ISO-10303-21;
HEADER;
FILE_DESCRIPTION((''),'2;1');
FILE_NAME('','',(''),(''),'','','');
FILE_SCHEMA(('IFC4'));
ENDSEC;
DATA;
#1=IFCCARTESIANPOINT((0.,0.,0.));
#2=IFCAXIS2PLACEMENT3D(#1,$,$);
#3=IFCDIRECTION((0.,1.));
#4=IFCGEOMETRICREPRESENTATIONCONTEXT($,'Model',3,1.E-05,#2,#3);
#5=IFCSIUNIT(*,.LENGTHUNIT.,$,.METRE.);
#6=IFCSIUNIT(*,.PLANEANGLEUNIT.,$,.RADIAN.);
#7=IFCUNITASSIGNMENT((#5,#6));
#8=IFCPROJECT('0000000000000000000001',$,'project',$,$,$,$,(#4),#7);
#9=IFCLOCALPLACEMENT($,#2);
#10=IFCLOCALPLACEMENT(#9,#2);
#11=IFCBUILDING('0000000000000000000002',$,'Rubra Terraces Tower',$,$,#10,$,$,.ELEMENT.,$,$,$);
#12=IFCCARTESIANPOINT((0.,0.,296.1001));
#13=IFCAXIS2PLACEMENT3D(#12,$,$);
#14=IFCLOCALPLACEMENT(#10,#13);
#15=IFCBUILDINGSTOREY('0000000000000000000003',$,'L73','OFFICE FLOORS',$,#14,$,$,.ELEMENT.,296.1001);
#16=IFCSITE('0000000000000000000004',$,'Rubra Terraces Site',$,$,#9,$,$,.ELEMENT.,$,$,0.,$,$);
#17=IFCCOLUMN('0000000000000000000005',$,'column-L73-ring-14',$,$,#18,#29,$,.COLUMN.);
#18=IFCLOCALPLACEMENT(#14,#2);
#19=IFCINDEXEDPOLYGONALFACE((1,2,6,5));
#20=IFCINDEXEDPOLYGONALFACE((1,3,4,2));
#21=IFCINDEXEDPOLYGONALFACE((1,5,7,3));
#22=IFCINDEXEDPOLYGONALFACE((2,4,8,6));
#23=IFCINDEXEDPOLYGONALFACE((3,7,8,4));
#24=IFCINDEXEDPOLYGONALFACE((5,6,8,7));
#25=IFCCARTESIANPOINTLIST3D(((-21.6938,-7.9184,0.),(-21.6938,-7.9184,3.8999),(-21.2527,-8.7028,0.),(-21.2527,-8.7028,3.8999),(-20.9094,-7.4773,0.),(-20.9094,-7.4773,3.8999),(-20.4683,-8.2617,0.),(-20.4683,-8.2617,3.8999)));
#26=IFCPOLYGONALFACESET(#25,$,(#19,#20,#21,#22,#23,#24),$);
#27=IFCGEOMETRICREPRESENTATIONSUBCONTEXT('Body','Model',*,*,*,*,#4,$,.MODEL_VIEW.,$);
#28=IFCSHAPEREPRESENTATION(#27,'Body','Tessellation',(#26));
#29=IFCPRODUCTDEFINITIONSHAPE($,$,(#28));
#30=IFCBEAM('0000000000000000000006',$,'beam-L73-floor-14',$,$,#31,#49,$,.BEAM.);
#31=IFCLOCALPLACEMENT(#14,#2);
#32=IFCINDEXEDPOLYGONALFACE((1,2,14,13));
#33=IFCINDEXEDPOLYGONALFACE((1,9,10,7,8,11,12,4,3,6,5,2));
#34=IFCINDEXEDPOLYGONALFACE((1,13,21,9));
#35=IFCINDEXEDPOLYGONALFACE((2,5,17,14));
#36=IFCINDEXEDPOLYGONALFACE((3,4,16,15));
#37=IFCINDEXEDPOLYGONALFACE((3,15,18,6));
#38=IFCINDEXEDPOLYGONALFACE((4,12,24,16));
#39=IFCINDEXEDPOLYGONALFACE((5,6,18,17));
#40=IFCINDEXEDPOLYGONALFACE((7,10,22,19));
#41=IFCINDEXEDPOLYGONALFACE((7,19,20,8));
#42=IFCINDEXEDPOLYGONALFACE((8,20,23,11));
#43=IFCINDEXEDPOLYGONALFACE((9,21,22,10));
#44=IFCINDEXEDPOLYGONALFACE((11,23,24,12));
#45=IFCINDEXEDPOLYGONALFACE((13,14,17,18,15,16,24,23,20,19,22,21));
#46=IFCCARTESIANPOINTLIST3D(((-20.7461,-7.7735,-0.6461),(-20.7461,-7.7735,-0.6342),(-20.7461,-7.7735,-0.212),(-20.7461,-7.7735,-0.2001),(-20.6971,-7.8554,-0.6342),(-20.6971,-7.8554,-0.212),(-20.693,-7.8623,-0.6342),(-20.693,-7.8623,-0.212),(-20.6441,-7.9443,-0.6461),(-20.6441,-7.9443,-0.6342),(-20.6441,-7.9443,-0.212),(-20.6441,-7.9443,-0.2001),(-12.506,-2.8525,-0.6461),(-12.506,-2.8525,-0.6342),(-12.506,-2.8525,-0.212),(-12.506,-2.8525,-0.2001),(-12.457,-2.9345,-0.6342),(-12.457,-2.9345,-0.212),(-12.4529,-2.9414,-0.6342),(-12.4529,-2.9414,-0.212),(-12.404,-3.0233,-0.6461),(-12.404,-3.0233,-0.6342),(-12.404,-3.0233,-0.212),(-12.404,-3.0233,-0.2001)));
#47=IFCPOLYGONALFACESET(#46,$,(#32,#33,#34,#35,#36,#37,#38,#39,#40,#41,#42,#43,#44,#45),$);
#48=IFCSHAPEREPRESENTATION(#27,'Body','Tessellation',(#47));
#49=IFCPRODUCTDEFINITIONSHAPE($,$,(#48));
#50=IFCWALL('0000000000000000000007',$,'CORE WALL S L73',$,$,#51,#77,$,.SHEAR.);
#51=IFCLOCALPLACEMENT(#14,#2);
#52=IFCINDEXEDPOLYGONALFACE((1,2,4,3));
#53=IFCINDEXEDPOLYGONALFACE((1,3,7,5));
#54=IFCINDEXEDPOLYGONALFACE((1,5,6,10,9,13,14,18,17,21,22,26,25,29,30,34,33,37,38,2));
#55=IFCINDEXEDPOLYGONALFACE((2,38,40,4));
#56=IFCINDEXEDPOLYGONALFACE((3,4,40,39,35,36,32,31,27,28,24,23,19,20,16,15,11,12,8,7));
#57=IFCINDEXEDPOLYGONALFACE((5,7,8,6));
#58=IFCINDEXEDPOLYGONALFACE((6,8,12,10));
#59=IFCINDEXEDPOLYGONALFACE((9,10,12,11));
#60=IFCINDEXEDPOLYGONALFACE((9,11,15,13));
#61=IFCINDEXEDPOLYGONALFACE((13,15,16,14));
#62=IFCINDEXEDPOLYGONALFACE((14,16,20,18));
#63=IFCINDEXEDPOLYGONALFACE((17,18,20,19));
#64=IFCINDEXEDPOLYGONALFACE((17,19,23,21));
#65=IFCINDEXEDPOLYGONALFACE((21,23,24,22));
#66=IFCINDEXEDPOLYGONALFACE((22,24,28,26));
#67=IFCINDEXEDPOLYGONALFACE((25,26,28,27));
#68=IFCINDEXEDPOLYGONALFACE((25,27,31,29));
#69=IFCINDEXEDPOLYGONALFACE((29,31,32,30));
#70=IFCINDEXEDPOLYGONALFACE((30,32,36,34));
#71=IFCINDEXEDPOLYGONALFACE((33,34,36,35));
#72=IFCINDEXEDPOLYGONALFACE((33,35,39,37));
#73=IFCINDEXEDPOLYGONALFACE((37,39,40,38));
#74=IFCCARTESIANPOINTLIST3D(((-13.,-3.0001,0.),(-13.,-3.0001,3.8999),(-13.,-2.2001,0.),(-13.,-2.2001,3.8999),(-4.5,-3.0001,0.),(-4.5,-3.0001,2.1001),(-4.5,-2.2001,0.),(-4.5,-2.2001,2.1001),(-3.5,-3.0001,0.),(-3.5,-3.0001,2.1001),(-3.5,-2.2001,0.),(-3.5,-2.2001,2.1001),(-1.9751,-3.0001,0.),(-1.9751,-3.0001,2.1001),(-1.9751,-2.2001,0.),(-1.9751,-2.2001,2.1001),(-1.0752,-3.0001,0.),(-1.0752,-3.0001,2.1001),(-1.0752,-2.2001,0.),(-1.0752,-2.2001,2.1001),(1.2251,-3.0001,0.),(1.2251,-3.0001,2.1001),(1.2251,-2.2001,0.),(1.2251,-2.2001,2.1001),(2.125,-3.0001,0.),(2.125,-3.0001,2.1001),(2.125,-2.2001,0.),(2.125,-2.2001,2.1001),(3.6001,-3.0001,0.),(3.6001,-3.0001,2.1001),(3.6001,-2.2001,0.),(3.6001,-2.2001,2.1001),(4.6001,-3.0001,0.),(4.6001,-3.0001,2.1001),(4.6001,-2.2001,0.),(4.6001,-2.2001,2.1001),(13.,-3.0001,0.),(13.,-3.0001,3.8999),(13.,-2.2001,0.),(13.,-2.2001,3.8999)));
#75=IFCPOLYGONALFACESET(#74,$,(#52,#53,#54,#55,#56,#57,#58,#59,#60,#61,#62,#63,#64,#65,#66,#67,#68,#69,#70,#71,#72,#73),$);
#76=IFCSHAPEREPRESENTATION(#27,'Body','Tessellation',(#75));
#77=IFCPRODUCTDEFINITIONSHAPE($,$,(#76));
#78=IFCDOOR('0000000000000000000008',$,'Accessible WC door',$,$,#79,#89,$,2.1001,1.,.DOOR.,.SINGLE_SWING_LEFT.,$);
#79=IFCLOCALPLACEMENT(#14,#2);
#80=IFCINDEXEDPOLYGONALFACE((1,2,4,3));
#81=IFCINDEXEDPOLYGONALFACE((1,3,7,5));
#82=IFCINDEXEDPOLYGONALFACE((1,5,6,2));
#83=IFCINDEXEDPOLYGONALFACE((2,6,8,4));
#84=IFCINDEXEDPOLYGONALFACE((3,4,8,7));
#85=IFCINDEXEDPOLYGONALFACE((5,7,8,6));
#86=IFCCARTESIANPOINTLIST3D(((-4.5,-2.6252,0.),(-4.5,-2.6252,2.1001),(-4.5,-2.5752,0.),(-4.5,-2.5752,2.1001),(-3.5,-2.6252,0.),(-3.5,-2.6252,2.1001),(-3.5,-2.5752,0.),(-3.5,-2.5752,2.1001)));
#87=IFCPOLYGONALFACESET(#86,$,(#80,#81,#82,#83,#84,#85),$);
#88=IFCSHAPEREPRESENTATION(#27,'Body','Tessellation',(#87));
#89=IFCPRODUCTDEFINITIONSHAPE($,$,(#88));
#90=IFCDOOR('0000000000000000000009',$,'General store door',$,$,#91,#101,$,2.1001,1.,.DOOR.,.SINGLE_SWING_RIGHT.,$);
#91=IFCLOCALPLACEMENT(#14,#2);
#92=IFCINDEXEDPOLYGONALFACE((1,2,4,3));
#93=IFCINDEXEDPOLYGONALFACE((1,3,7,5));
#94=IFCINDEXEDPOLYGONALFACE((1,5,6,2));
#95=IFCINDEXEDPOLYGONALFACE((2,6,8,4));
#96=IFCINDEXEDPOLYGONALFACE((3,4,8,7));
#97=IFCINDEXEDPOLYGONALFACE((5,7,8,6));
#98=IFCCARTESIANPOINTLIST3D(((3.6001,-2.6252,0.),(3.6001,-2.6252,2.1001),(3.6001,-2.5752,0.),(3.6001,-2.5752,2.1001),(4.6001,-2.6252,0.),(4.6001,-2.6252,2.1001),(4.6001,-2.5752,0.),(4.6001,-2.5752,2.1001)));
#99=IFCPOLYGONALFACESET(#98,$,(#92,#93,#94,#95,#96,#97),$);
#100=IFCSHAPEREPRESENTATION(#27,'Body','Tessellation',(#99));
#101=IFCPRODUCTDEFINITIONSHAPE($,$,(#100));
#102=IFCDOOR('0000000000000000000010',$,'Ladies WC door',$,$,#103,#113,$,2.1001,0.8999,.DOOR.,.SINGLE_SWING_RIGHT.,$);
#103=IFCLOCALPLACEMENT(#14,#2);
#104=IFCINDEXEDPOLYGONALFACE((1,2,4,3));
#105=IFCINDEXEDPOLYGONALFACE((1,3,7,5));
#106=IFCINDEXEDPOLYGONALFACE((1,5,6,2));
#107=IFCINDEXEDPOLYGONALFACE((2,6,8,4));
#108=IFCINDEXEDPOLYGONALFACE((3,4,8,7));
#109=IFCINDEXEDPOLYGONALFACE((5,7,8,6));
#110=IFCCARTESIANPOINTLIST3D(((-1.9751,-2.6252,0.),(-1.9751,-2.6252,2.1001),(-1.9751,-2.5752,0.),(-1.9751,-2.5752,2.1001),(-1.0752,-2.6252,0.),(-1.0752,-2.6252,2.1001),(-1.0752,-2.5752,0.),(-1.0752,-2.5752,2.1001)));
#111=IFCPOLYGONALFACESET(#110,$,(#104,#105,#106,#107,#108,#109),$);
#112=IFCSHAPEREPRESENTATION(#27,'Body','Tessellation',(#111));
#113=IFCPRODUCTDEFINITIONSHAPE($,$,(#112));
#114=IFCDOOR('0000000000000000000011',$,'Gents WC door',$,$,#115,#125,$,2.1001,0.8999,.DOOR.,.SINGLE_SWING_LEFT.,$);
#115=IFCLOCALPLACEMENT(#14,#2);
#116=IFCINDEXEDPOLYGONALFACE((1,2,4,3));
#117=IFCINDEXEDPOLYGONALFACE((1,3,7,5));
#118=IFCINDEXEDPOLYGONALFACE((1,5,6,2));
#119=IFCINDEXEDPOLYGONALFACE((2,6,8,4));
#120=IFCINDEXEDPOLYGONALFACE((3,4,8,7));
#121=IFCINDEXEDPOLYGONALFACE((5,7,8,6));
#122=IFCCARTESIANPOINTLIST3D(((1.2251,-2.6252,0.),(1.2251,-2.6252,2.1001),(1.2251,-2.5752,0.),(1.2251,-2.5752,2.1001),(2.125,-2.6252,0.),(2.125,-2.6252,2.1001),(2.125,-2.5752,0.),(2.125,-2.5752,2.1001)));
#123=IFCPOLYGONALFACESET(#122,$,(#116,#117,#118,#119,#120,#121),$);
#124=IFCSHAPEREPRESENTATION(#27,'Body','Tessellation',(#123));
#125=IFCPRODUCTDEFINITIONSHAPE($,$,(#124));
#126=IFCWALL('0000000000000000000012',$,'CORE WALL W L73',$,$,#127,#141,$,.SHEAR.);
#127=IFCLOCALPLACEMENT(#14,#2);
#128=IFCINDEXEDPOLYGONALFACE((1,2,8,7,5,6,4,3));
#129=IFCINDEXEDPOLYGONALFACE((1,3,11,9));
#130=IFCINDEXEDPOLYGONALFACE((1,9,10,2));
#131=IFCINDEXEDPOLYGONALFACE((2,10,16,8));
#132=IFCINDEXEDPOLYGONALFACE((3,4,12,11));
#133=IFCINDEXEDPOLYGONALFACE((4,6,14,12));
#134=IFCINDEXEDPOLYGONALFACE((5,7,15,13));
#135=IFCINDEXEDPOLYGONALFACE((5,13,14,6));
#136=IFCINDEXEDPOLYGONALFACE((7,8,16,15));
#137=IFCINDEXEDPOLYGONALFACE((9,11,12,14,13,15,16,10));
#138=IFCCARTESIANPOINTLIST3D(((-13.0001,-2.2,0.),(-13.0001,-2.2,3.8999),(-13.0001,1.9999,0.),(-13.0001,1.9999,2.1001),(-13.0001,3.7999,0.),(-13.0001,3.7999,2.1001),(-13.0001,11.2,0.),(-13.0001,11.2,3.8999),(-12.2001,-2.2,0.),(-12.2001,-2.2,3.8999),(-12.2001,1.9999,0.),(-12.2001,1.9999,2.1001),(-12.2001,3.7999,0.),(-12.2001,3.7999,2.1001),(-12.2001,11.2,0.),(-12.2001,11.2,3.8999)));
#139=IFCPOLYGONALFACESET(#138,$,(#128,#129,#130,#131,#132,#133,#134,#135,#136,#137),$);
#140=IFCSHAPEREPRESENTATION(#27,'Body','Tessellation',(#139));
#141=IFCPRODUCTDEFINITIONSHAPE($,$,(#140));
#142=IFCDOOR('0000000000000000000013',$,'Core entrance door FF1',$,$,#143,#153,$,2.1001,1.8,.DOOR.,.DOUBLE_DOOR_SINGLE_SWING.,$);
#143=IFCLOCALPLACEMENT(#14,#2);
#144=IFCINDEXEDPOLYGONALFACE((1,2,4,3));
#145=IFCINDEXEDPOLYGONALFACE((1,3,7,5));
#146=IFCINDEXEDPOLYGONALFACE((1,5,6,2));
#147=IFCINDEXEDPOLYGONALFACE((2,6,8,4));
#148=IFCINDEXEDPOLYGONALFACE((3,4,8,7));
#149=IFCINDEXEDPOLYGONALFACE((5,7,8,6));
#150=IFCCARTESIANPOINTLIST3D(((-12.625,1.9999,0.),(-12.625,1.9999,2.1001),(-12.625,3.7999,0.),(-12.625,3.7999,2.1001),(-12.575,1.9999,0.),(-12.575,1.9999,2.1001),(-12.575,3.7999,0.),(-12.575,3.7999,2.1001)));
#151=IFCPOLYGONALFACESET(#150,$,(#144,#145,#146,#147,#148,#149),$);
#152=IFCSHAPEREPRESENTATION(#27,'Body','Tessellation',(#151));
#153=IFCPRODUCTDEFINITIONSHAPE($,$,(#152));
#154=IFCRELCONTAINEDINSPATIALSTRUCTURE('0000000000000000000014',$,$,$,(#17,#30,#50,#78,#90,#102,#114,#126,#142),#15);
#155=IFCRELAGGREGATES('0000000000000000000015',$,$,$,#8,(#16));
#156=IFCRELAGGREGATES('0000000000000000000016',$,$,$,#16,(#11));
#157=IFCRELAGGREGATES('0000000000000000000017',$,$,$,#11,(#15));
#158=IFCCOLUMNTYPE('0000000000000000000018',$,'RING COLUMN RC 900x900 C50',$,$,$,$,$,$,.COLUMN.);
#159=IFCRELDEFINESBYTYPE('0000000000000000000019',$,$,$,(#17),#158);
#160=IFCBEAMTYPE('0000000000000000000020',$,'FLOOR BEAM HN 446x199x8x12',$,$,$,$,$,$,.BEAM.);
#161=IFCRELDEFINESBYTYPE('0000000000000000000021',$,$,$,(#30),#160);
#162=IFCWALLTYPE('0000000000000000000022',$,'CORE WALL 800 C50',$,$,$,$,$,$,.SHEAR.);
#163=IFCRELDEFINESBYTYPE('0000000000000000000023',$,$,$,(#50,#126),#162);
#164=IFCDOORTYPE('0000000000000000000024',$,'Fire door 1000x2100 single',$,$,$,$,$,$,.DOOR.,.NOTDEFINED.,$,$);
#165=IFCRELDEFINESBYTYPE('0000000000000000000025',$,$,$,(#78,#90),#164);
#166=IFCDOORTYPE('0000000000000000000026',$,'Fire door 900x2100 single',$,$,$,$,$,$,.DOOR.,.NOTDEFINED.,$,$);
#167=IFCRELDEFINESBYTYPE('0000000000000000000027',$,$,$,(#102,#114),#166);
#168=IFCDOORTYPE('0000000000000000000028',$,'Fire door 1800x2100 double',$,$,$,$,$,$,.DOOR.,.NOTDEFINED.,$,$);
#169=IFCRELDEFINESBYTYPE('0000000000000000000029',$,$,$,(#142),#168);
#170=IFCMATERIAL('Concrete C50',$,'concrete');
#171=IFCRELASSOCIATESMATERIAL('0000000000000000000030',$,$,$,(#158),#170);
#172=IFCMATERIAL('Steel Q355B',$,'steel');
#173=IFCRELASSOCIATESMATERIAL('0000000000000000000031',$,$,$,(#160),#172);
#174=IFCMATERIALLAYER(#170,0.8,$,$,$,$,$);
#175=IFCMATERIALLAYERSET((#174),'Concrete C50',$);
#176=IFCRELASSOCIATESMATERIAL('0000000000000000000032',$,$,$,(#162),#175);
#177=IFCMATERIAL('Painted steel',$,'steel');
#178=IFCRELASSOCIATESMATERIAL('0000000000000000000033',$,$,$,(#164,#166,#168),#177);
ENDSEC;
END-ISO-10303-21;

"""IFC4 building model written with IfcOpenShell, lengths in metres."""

from ifc_helpers import new_model, si_unit, direction, frame, frame_2d, origin, origin_2d, place, context, subcontext, project, spatial, rectangle, i_section, extrude, material, layer, layer_set, material_profile, profile_set, type_object, element, fill, save


model = new_model("IFC4")

# Units and contexts
model_context = context("Model", 3, precision=1e-05, world=origin(), true_north=direction((0.0, 1.0)))
body_context = subcontext(model_context, "Body", "Model", "MODEL_VIEW")
ifc_project = project(units=[si_unit("LENGTHUNIT", "METRE"), si_unit("PLANEANGLEUNIT", "RADIAN")], contexts=[model_context])

# Site, building, storey
site_placement = place(None, origin())
site = spatial("IfcSite", under=ifc_project, at=site_placement, Name="Rubra Terraces Site", CompositionType="ELEMENT", RefElevation=0.0)
building_placement = place(site_placement, origin())
building = spatial("IfcBuilding", under=site, at=building_placement, Name="Rubra Terraces Tower", CompositionType="ELEMENT")
storey_placement = place(building_placement, frame((0.0, 0.0, 296.1001)))
storey = spatial("IfcBuildingStorey", under=building, at=storey_placement, Name="L73", Description="OFFICE FLOORS", CompositionType="ELEMENT", Elevation=296.1001)

# Column
ifc_material_1 = material(Name="Concrete C50", Category="concrete")
ifc_material_profile_1 = material_profile(ifc_material_1, rectangle(XDim=0.8999, YDim=0.8999, at=origin_2d()), Name="RC 900x900")
ifc_profile_set_1 = profile_set([ifc_material_profile_1], Name="Concrete C50")
column_type = type_object("IfcColumnType", Name="RING COLUMN RC 900x900 C50", PredefinedType="COLUMN", material=ifc_profile_set_1)
column_placement = place(storey_placement, frame((-21.0811, -8.0901, 0.0), z_axis=(0.0, 0.0, 1.0), x_axis=(0.490162, -0.871631, 0.0)))
element("IfcColumn", 1, at=column_placement, inside=storey, type_object=column_type, Name="column-L73-ring-14", PredefinedType="COLUMN", context=body_context, shape_type="SweptSolid", body=[
    extrude(rectangle(XDim=0.8999, YDim=0.8999, at=origin_2d()), origin(), (0.0, 0.0, 1.0), 3.8999),
])

# Beam
ifc_material_2 = material(Name="Steel Q355B", Category="steel")
ifc_material_profile_2 = material_profile(ifc_material_2, i_section(OverallWidth=0.199, OverallDepth=0.446, WebThickness=0.0081, FlangeThickness=0.012, at=origin_2d()), Name="HN 446x199x8x12")
ifc_profile_set_2 = profile_set([ifc_material_profile_2], Name="Steel Q355B")
beam_type = type_object("IfcBeamType", Name="FLOOR BEAM HN 446x199x8x12", PredefinedType="BEAM", material=ifc_profile_set_2)
beam_placement = place(storey_placement, frame((-20.6951, -7.8589, -0.4231), z_axis=(0.858553, 0.512725, 0.0), x_axis=(-0.512725, 0.858553, 0.0)))
element("IfcBeam", 2, at=beam_placement, inside=storey, type_object=beam_type, Name="beam-L73-floor-14", PredefinedType="BEAM", context=body_context, shape_type="SweptSolid", body=[
    extrude(i_section(OverallWidth=0.199, OverallDepth=0.446, WebThickness=0.0081, FlangeThickness=0.012, at=origin_2d()), origin(), (0.0, 0.0, 1.0), 9.5977),
])

# Wall, openings, doors
ifc_layer_1 = layer(ifc_material_1, 0.8)
ifc_layer_set_1 = layer_set([ifc_layer_1], Name="Concrete C50")
wall_type_1 = type_object("IfcWallType", Name="CORE WALL 800 C50", PredefinedType="SHEAR", material=ifc_layer_set_1)
wall_1_placement = place(storey_placement, frame((-13.0, -2.6001, 0.0), z_axis=(0.0, 0.0, 1.0), x_axis=(1.0, 0.0, 0.0)))
wall_1 = element("IfcWall", 3, at=wall_1_placement, inside=storey, type_object=wall_type_1, Name="CORE WALL S L73", PredefinedType="SHEAR", context=body_context, shape_type="SweptSolid", body=[
    extrude(rectangle(XDim=26.0, YDim=0.8, at=frame_2d((13.0, 0.0))), origin(), (0.0, 0.0, 1.0), 3.8999),
])
opening_1_placement = place(wall_1_placement, frame((8.5, 0.0, 0.0)))
opening_1 = element("IfcOpeningElement", 4, at=opening_1_placement, cuts=wall_1, PredefinedType="OPENING", context=body_context, shape_type="SweptSolid", body=[
    extrude(rectangle(XDim=1.0, YDim=2.1001, at=frame_2d((0.5, 1.05))), frame((0.0, 0.4099, 0.0), z_axis=(0.0, -1.0, 0.0), x_axis=(1.0, 0.0, 0.0)), (0.0, 0.0, 1.0), 0.8201),
])
opening_2_placement = place(wall_1_placement, frame((11.0249, 0.0, 0.0)))
opening_2 = element("IfcOpeningElement", 5, at=opening_2_placement, cuts=wall_1, PredefinedType="OPENING", context=body_context, shape_type="SweptSolid", body=[
    extrude(rectangle(XDim=0.8999, YDim=2.1001, at=frame_2d((0.45, 1.05))), frame((0.0, 0.4099, 0.0), z_axis=(0.0, -1.0, 0.0), x_axis=(1.0, 0.0, 0.0)), (0.0, 0.0, 1.0), 0.8201),
])
opening_3_placement = place(wall_1_placement, frame((14.2251, 0.0, 0.0)))
opening_3 = element("IfcOpeningElement", 6, at=opening_3_placement, cuts=wall_1, PredefinedType="OPENING", context=body_context, shape_type="SweptSolid", body=[
    extrude(rectangle(XDim=0.8999, YDim=2.1001, at=frame_2d((0.45, 1.05))), frame((0.0, 0.4099, 0.0), z_axis=(0.0, -1.0, 0.0), x_axis=(1.0, 0.0, 0.0)), (0.0, 0.0, 1.0), 0.8201),
])
opening_4_placement = place(wall_1_placement, frame((16.6001, 0.0, 0.0)))
opening_4 = element("IfcOpeningElement", 7, at=opening_4_placement, cuts=wall_1, PredefinedType="OPENING", context=body_context, shape_type="SweptSolid", body=[
    extrude(rectangle(XDim=1.0, YDim=2.1001, at=frame_2d((0.5, 1.05))), frame((0.0, 0.4099, 0.0), z_axis=(0.0, -1.0, 0.0), x_axis=(1.0, 0.0, 0.0)), (0.0, 0.0, 1.0), 0.8201),
])
ifc_material_3 = material(Name="Painted steel", Category="steel")
door_type_1 = type_object("IfcDoorType", Name="Fire door 1000x2100 single", OperationType="NOTDEFINED", PredefinedType="DOOR", material=ifc_material_3)
door_1_placement = place(opening_1_placement, origin())
door_1 = element("IfcDoor", 8, at=door_1_placement, inside=storey, type_object=door_type_1, Name="Accessible WC door", OperationType="SINGLE_SWING_LEFT", OverallHeight=2.1001, OverallWidth=1.0, PredefinedType="DOOR", context=body_context, shape_type="SweptSolid", body=[
    extrude(rectangle(XDim=1.0, YDim=2.1001, at=frame_2d((0.5, 1.05))), frame((0.0, 0.0249, 0.0), z_axis=(0.0, -1.0, 0.0), x_axis=(1.0, 0.0, 0.0)), (0.0, 0.0, 1.0), 0.05),
])
fill(opening_1, door_1)
door_2_placement = place(opening_4_placement, origin())
door_2 = element("IfcDoor", 9, at=door_2_placement, inside=storey, type_object=door_type_1, Name="General store door", OperationType="SINGLE_SWING_RIGHT", OverallHeight=2.1001, OverallWidth=1.0, PredefinedType="DOOR", context=body_context, shape_type="SweptSolid", body=[
    extrude(rectangle(XDim=1.0, YDim=2.1001, at=frame_2d((0.5, 1.05))), frame((0.0, 0.0249, 0.0), z_axis=(0.0, -1.0, 0.0), x_axis=(1.0, 0.0, 0.0)), (0.0, 0.0, 1.0), 0.05),
])
fill(opening_4, door_2)
door_type_2 = type_object("IfcDoorType", Name="Fire door 900x2100 single", OperationType="NOTDEFINED", PredefinedType="DOOR", material=ifc_material_3)
door_3_placement = place(opening_2_placement, origin())
door_3 = element("IfcDoor", 10, at=door_3_placement, inside=storey, type_object=door_type_2, Name="Ladies WC door", OperationType="SINGLE_SWING_RIGHT", OverallHeight=2.1001, OverallWidth=0.8999, PredefinedType="DOOR", context=body_context, shape_type="SweptSolid", body=[
    extrude(rectangle(XDim=0.8999, YDim=2.1001, at=frame_2d((0.45, 1.05))), frame((0.0, 0.0249, 0.0), z_axis=(0.0, -1.0, 0.0), x_axis=(1.0, 0.0, 0.0)), (0.0, 0.0, 1.0), 0.05),
])
fill(opening_2, door_3)
door_4_placement = place(opening_3_placement, origin())
door_4 = element("IfcDoor", 11, at=door_4_placement, inside=storey, type_object=door_type_2, Name="Gents WC door", OperationType="SINGLE_SWING_LEFT", OverallHeight=2.1001, OverallWidth=0.8999, PredefinedType="DOOR", context=body_context, shape_type="SweptSolid", body=[
    extrude(rectangle(XDim=0.8999, YDim=2.1001, at=frame_2d((0.45, 1.05))), frame((0.0, 0.0249, 0.0), z_axis=(0.0, -1.0, 0.0), x_axis=(1.0, 0.0, 0.0)), (0.0, 0.0, 1.0), 0.05),
])
fill(opening_3, door_4)

# Wall, opening, door
wall_2_placement = place(storey_placement, frame((-12.6001, -2.2, 0.0), z_axis=(0.0, 0.0, 1.0), x_axis=(0.0, 1.0, 0.0)))
wall_2 = element("IfcWall", 12, at=wall_2_placement, inside=storey, type_object=wall_type_1, Name="CORE WALL W L73", PredefinedType="SHEAR", context=body_context, shape_type="SweptSolid", body=[
    extrude(rectangle(XDim=13.3999, YDim=0.8, at=frame_2d((6.7, 0.0))), origin(), (0.0, 0.0, 1.0), 3.8999),
])
opening_5_placement = place(wall_2_placement, frame((4.2, 0.0, 0.0)))
opening_5 = element("IfcOpeningElement", 13, at=opening_5_placement, cuts=wall_2, PredefinedType="OPENING", context=body_context, shape_type="SweptSolid", body=[
    extrude(rectangle(XDim=1.8, YDim=2.1001, at=frame_2d((0.8999, 1.05))), frame((0.0, 0.4099, 0.0), z_axis=(0.0, -1.0, 0.0), x_axis=(1.0, 0.0, 0.0)), (0.0, 0.0, 1.0), 0.8201),
])
door_type_3 = type_object("IfcDoorType", Name="Fire door 1800x2100 double", OperationType="NOTDEFINED", PredefinedType="DOOR", material=ifc_material_3)
door_5_placement = place(opening_5_placement, origin())
door_5 = element("IfcDoor", 14, at=door_5_placement, inside=storey, type_object=door_type_3, Name="Core entrance door FF1", OperationType="DOUBLE_DOOR_SINGLE_SWING", OverallHeight=2.1001, OverallWidth=1.8, PredefinedType="DOOR", context=body_context, shape_type="SweptSolid", body=[
    extrude(rectangle(XDim=1.8, YDim=2.1001, at=frame_2d((0.8999, 1.05))), frame((0.0, 0.0249, 0.0), z_axis=(0.0, -1.0, 0.0), x_axis=(1.0, 0.0, 0.0)), (0.0, 0.0, 1.0), 0.05),
])
fill(opening_5, door_5)

save(model, "model.ifc")
